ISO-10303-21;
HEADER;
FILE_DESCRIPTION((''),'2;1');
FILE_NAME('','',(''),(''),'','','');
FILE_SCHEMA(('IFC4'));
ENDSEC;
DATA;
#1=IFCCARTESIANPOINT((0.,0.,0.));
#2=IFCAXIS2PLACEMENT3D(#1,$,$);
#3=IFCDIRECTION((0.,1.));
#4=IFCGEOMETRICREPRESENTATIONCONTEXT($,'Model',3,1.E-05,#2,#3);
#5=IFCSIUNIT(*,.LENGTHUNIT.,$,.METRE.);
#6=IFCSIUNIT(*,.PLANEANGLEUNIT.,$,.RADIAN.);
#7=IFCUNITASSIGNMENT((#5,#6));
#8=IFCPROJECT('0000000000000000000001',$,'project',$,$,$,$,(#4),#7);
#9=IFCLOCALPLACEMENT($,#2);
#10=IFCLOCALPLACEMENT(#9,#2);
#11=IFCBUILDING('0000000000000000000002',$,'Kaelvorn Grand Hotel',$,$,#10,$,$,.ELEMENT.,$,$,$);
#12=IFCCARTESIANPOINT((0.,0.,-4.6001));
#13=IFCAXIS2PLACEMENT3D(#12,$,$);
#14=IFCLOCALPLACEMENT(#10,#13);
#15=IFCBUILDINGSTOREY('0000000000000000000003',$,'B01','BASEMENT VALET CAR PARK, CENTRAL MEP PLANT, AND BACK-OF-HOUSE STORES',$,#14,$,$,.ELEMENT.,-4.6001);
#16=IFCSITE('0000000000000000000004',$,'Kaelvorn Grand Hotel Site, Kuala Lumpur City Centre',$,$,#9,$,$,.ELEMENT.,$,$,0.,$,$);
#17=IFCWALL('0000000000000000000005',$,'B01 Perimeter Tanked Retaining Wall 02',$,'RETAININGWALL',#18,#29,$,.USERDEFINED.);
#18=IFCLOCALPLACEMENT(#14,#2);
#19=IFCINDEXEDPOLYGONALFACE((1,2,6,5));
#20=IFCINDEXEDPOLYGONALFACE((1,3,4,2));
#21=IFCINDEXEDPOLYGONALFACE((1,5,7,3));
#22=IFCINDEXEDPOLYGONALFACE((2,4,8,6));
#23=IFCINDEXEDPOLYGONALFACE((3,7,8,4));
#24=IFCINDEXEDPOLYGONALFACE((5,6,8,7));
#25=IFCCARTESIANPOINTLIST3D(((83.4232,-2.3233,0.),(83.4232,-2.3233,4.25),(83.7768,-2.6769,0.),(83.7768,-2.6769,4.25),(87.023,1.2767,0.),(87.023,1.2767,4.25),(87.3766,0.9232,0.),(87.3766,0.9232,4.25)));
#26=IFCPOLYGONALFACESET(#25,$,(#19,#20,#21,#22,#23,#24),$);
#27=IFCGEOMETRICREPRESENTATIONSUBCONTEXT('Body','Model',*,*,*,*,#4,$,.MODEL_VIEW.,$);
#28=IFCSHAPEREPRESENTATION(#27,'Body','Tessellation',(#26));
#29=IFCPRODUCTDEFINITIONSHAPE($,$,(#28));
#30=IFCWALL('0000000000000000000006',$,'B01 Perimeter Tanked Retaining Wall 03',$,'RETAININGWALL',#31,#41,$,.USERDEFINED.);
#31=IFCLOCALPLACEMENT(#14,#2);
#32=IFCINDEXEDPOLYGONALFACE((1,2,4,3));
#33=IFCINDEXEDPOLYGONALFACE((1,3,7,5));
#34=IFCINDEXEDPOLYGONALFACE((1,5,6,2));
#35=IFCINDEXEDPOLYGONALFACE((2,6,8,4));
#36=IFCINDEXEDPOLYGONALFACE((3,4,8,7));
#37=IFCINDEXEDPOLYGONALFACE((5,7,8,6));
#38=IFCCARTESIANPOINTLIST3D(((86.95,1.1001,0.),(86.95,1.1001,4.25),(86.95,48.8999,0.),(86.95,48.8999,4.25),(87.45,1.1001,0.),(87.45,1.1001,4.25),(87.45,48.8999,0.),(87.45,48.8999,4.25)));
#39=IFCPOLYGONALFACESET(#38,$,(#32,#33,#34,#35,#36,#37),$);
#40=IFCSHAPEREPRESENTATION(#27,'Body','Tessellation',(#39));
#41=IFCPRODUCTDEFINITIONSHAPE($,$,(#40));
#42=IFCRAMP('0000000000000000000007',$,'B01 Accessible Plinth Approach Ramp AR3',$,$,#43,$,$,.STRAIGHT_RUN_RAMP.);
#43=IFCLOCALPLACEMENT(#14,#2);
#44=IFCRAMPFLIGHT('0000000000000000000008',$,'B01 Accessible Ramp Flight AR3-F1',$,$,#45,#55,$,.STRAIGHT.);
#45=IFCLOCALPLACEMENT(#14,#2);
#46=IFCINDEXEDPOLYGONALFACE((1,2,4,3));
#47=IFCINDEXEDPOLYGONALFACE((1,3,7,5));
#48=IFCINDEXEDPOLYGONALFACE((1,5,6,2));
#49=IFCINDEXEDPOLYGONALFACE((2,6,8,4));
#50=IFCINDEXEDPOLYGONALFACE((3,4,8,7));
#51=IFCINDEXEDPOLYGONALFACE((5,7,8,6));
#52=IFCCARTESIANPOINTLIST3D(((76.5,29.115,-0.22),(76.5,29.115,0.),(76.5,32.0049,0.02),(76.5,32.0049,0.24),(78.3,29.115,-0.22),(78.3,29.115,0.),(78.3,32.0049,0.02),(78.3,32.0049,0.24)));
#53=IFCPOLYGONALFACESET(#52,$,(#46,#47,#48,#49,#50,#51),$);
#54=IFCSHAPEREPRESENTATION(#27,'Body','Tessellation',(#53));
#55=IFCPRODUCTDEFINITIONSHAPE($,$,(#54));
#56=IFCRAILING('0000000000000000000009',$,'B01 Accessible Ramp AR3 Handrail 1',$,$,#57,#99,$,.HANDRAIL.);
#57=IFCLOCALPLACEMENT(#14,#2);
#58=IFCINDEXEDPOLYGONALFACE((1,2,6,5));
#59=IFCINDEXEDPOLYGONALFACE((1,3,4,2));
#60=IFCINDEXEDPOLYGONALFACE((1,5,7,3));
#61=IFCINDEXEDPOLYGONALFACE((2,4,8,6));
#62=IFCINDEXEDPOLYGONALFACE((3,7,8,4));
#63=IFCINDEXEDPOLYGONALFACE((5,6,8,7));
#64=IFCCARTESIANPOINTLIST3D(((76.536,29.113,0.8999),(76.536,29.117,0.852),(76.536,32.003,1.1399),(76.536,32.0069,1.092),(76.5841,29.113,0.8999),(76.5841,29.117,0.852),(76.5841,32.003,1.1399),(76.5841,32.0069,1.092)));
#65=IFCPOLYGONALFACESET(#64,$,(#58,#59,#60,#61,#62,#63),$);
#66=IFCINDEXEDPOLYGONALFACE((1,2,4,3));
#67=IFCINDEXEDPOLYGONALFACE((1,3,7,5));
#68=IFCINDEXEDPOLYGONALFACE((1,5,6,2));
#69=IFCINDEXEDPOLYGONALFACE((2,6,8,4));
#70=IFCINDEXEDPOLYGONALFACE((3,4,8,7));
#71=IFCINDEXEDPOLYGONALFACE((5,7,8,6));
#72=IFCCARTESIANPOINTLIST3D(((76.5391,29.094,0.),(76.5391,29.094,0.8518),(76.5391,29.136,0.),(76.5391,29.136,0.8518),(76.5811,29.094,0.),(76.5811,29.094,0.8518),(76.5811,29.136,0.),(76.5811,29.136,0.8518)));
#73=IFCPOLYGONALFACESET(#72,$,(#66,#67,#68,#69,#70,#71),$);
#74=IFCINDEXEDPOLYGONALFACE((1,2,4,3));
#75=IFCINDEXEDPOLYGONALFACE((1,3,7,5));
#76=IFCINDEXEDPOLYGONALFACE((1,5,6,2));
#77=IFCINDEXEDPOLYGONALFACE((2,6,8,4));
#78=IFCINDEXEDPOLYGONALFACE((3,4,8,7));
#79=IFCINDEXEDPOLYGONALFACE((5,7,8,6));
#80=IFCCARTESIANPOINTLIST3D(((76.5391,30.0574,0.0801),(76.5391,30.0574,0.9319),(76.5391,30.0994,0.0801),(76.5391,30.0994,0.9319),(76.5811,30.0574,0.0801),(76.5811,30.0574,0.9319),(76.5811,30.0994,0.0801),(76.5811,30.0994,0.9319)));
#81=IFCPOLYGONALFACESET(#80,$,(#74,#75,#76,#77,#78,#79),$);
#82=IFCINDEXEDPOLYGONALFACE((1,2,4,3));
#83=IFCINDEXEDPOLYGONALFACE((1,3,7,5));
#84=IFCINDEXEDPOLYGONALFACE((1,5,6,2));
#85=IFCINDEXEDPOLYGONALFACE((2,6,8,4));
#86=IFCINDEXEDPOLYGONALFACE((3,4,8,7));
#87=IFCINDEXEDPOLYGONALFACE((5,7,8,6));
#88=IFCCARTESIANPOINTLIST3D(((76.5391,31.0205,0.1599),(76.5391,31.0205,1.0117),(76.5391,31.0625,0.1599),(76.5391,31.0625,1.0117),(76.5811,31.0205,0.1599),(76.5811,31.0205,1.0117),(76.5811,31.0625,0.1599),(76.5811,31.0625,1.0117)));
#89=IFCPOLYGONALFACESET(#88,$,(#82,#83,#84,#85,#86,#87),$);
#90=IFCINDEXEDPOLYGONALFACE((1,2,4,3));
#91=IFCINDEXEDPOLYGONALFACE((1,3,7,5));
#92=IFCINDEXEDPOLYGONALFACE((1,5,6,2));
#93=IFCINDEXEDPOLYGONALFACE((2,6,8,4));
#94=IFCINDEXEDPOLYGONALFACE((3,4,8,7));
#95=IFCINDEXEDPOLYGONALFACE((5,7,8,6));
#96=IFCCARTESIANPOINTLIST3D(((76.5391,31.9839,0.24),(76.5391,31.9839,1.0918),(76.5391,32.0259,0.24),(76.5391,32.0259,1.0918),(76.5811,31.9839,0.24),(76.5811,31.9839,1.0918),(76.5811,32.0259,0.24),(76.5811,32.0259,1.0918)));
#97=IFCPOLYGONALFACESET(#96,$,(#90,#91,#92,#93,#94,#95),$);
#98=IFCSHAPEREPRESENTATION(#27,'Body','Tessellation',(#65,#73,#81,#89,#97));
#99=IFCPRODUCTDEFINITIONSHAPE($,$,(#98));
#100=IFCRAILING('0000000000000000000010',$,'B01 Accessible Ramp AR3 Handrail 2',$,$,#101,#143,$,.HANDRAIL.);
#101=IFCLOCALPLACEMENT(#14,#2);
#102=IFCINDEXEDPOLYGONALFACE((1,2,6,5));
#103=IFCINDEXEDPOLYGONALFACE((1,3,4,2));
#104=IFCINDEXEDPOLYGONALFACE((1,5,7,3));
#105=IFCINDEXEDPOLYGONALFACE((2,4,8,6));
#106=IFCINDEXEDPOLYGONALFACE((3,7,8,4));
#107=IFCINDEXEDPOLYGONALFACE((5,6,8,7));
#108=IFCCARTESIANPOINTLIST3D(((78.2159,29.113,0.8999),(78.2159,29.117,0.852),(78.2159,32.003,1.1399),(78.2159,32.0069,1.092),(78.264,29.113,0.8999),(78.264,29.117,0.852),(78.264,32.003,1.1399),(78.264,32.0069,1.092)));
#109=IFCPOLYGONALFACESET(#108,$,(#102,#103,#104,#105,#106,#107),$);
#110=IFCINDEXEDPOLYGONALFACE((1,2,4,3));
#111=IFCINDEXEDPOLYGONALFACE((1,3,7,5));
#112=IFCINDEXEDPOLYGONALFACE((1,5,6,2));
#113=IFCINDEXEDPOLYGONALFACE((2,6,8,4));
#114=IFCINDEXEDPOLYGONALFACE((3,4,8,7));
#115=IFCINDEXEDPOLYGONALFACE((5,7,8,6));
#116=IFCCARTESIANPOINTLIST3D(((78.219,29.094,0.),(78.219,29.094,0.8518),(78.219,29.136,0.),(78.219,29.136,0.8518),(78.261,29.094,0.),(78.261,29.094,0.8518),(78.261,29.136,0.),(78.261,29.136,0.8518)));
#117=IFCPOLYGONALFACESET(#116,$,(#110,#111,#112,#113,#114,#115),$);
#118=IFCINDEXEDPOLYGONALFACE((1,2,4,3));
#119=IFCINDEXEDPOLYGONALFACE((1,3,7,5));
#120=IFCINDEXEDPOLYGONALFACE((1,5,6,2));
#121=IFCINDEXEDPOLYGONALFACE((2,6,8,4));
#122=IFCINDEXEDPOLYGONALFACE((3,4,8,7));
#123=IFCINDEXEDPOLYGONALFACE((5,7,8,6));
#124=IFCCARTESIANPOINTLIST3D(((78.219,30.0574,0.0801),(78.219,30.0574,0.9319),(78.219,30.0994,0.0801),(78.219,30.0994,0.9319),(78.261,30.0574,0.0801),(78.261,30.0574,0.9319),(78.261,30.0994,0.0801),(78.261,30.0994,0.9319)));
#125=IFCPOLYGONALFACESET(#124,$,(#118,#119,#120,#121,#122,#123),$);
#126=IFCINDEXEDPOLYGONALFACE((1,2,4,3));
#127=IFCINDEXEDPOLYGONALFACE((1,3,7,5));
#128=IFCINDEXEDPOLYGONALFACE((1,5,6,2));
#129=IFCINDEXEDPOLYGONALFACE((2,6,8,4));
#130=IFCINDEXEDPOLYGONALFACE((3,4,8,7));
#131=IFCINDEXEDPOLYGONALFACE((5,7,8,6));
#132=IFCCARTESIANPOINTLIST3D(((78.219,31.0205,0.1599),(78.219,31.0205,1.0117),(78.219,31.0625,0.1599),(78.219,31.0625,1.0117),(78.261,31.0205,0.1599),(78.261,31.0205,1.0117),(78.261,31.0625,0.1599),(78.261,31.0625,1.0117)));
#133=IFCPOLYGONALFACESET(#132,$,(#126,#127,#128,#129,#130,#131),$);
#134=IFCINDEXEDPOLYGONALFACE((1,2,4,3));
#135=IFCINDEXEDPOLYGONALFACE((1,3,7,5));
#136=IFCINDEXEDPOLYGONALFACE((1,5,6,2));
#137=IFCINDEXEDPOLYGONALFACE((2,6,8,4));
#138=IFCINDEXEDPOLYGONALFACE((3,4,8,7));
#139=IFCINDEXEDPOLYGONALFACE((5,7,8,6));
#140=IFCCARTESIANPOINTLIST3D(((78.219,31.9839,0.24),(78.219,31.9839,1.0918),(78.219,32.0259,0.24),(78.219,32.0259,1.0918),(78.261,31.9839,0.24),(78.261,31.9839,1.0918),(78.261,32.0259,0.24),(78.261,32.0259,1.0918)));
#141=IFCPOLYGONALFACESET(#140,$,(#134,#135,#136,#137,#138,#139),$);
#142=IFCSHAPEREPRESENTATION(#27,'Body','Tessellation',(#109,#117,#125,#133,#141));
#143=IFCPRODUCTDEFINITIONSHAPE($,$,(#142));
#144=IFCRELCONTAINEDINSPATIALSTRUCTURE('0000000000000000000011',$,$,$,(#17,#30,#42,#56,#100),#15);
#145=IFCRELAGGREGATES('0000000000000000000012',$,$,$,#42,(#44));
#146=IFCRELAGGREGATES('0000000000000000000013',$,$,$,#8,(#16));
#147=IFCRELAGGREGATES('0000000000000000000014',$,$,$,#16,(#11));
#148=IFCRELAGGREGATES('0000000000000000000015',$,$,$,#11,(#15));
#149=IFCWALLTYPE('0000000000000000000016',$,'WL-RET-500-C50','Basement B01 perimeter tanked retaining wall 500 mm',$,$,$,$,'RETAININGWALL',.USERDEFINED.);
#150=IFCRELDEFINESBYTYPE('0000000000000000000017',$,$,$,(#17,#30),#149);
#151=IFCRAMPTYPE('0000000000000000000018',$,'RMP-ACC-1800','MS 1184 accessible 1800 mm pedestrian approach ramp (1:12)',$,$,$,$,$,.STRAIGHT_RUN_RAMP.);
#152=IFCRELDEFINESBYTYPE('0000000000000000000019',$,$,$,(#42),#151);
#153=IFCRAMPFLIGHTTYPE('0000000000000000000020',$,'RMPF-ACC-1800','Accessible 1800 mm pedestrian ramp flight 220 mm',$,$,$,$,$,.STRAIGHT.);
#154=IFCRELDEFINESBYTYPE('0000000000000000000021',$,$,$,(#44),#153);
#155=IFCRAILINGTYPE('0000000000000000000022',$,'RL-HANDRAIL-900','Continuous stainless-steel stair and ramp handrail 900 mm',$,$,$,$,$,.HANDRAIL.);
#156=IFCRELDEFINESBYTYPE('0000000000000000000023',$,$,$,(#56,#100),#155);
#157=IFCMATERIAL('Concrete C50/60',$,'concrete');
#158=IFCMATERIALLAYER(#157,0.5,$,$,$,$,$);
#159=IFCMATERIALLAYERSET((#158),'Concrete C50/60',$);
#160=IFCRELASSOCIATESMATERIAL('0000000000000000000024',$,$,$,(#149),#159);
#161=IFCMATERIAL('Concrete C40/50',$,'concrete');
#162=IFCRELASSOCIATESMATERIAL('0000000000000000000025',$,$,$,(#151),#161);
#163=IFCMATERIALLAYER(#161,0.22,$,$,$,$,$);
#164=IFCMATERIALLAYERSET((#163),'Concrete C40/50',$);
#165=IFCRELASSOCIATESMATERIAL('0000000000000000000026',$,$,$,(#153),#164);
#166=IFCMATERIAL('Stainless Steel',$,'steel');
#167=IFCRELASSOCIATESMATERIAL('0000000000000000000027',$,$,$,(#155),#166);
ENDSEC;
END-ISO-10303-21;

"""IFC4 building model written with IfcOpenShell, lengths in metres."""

from ifc_helpers import new_model, si_unit, direction, frame, frame_2d, origin, origin_2d, place, context, subcontext, project, spatial, polyline, rectangle, outline, extrude, material, layer, layer_set, type_object, element, aggregate, save


model = new_model("IFC4")

# Units and contexts
model_context = context("Model", 3, precision=1e-05, world=origin(), true_north=direction((0.0, 1.0)))
body_context = subcontext(model_context, "Body", "Model", "MODEL_VIEW")
ifc_project = project(units=[si_unit("LENGTHUNIT", "METRE"), si_unit("PLANEANGLEUNIT", "RADIAN")], contexts=[model_context])

# Site, building, storey
site_placement = place(None, origin())
site = spatial("IfcSite", under=ifc_project, at=site_placement, Name="Kaelvorn Grand Hotel Site, Kuala Lumpur City Centre", CompositionType="ELEMENT", RefElevation=0.0)
building_placement = place(site_placement, origin())
building = spatial("IfcBuilding", under=site, at=building_placement, Name="Kaelvorn Grand Hotel", CompositionType="ELEMENT")
storey_placement = place(building_placement, frame((0.0, 0.0, -4.6001)))
storey = spatial("IfcBuildingStorey", under=building, at=storey_placement, Name="B01", Description="BASEMENT VALET CAR PARK, CENTRAL MEP PLANT, AND BACK-OF-HOUSE STORES", CompositionType="ELEMENT", Elevation=-4.6001)

# Shared definitions
ifc_material_1 = material(Name="Concrete C40/50", Category="concrete")

# Walls
ifc_material_2 = material(Name="Concrete C50/60", Category="concrete")
ifc_layer_1 = layer(ifc_material_2, 0.5)
ifc_layer_set_1 = layer_set([ifc_layer_1], Name="Concrete C50/60")
wall_type_1 = type_object("IfcWallType", Name="WL-RET-500-C50", Description="Basement B01 perimeter tanked retaining wall 500 mm", ElementType="RETAININGWALL", PredefinedType="USERDEFINED", material=ifc_layer_set_1)
wall_1_placement = place(storey_placement, frame((83.6001, -2.5, 0.0), z_axis=(0.0, 0.0, 1.0), x_axis=(0.707083, 0.707131, 0.0)))
element("IfcWall", 1, at=wall_1_placement, inside=storey, type_object=wall_type_1, Name="B01 Perimeter Tanked Retaining Wall 02", ObjectType="RETAININGWALL", PredefinedType="USERDEFINED", context=body_context, shape_type="SweptSolid", body=[
    extrude(rectangle(XDim=5.0911, YDim=0.5, at=frame_2d((2.5454, 0.0))), origin(), (0.0, 0.0, 1.0), 4.25),
])
wall_2_placement = place(storey_placement, frame((87.2, 1.1001, 0.0), z_axis=(0.0, 0.0, 1.0), x_axis=(0.0, 1.0, 0.0)))
element("IfcWall", 2, at=wall_2_placement, inside=storey, type_object=wall_type_1, Name="B01 Perimeter Tanked Retaining Wall 03", ObjectType="RETAININGWALL", PredefinedType="USERDEFINED", context=body_context, shape_type="SweptSolid", body=[
    extrude(rectangle(XDim=47.7998, YDim=0.5, at=frame_2d((23.8999, 0.0))), origin(), (0.0, 0.0, 1.0), 4.25),
])

# Ramp, ramp flight
ramp_type = type_object("IfcRampType", Name="RMP-ACC-1800", Description="MS 1184 accessible 1800 mm pedestrian approach ramp (1:12)", PredefinedType="STRAIGHT_RUN_RAMP", material=ifc_material_1)
ramp_placement = place(storey_placement, origin())
ramp = element("IfcRamp", 3, at=ramp_placement, inside=storey, type_object=ramp_type, Name="B01 Accessible Plinth Approach Ramp AR3", PredefinedType="STRAIGHT_RUN_RAMP")
ifc_layer_2 = layer(ifc_material_1, 0.22)
ifc_layer_set_2 = layer_set([ifc_layer_2], Name="Concrete C40/50")
ramp_flight_type = type_object("IfcRampFlightType", Name="RMPF-ACC-1800", Description="Accessible 1800 mm pedestrian ramp flight 220 mm", PredefinedType="STRAIGHT", material=ifc_layer_set_2)
ramp_flight_placement = place(storey_placement, frame((77.3999, 29.115, 0.0), z_axis=(0.0, 0.0, 1.0), x_axis=(0.0, 1.0, 0.0)))
ramp_flight = element("IfcRampFlight", 4, at=ramp_flight_placement, type_object=ramp_flight_type, Name="B01 Accessible Ramp Flight AR3-F1", PredefinedType="STRAIGHT", context=body_context, shape_type="SweptSolid", body=[
    extrude(outline(polyline([(0.0, 0.0), (2.8899, 0.24), (2.8899, 0.02), (0.0, -0.22), (0.0, 0.0)])), frame((0.0, 0.8999, 0.0), z_axis=(0.0, -1.0, 0.0), x_axis=(1.0, 0.0, 0.0)), (0.0, 0.0, 1.0), 1.8),
])
aggregate(ramp, [ramp_flight])

# Railings
ifc_material_3 = material(Name="Stainless Steel", Category="steel")
railing_type = type_object("IfcRailingType", Name="RL-HANDRAIL-900", Description="Continuous stainless-steel stair and ramp handrail 900 mm", PredefinedType="HANDRAIL", material=ifc_material_3)
for number, where, name in (
    (5, (76.5601, 29.115, 0.0), "B01 Accessible Ramp AR3 Handrail 1"),
    (6, (78.24, 29.115, 0.0), "B01 Accessible Ramp AR3 Handrail 2"),
):
    element("IfcRailing", number, at=place(storey_placement, frame(where)), inside=storey, type_object=railing_type, Name=name, PredefinedType="HANDRAIL", context=body_context, shape_type="SweptSolid", body=[
        extrude(rectangle(XDim=0.0481, YDim=0.0481, at=origin_2d()), frame((0.0, 0.0, 0.876), z_axis=(0.0, 0.99657, 0.08276), x_axis=(-1.0, 0.0, 0.0)), (0.0, 0.0, 1.0), 2.8999),
        extrude(rectangle(XDim=0.042, YDim=0.042, at=origin_2d()), origin(), (0.0, 0.0, 1.0), 0.8518),
        extrude(rectangle(XDim=0.042, YDim=0.042, at=origin_2d()), frame((0.0, 0.9634, 0.0801)), (0.0, 0.0, 1.0), 0.8518),
        extrude(rectangle(XDim=0.042, YDim=0.042, at=origin_2d()), frame((0.0, 1.9265, 0.1599)), (0.0, 0.0, 1.0), 0.8518),
        extrude(rectangle(XDim=0.042, YDim=0.042, at=origin_2d()), frame((0.0, 2.8899, 0.24)), (0.0, 0.0, 1.0), 0.8518),
    ])

save(model, "model.ifc")
